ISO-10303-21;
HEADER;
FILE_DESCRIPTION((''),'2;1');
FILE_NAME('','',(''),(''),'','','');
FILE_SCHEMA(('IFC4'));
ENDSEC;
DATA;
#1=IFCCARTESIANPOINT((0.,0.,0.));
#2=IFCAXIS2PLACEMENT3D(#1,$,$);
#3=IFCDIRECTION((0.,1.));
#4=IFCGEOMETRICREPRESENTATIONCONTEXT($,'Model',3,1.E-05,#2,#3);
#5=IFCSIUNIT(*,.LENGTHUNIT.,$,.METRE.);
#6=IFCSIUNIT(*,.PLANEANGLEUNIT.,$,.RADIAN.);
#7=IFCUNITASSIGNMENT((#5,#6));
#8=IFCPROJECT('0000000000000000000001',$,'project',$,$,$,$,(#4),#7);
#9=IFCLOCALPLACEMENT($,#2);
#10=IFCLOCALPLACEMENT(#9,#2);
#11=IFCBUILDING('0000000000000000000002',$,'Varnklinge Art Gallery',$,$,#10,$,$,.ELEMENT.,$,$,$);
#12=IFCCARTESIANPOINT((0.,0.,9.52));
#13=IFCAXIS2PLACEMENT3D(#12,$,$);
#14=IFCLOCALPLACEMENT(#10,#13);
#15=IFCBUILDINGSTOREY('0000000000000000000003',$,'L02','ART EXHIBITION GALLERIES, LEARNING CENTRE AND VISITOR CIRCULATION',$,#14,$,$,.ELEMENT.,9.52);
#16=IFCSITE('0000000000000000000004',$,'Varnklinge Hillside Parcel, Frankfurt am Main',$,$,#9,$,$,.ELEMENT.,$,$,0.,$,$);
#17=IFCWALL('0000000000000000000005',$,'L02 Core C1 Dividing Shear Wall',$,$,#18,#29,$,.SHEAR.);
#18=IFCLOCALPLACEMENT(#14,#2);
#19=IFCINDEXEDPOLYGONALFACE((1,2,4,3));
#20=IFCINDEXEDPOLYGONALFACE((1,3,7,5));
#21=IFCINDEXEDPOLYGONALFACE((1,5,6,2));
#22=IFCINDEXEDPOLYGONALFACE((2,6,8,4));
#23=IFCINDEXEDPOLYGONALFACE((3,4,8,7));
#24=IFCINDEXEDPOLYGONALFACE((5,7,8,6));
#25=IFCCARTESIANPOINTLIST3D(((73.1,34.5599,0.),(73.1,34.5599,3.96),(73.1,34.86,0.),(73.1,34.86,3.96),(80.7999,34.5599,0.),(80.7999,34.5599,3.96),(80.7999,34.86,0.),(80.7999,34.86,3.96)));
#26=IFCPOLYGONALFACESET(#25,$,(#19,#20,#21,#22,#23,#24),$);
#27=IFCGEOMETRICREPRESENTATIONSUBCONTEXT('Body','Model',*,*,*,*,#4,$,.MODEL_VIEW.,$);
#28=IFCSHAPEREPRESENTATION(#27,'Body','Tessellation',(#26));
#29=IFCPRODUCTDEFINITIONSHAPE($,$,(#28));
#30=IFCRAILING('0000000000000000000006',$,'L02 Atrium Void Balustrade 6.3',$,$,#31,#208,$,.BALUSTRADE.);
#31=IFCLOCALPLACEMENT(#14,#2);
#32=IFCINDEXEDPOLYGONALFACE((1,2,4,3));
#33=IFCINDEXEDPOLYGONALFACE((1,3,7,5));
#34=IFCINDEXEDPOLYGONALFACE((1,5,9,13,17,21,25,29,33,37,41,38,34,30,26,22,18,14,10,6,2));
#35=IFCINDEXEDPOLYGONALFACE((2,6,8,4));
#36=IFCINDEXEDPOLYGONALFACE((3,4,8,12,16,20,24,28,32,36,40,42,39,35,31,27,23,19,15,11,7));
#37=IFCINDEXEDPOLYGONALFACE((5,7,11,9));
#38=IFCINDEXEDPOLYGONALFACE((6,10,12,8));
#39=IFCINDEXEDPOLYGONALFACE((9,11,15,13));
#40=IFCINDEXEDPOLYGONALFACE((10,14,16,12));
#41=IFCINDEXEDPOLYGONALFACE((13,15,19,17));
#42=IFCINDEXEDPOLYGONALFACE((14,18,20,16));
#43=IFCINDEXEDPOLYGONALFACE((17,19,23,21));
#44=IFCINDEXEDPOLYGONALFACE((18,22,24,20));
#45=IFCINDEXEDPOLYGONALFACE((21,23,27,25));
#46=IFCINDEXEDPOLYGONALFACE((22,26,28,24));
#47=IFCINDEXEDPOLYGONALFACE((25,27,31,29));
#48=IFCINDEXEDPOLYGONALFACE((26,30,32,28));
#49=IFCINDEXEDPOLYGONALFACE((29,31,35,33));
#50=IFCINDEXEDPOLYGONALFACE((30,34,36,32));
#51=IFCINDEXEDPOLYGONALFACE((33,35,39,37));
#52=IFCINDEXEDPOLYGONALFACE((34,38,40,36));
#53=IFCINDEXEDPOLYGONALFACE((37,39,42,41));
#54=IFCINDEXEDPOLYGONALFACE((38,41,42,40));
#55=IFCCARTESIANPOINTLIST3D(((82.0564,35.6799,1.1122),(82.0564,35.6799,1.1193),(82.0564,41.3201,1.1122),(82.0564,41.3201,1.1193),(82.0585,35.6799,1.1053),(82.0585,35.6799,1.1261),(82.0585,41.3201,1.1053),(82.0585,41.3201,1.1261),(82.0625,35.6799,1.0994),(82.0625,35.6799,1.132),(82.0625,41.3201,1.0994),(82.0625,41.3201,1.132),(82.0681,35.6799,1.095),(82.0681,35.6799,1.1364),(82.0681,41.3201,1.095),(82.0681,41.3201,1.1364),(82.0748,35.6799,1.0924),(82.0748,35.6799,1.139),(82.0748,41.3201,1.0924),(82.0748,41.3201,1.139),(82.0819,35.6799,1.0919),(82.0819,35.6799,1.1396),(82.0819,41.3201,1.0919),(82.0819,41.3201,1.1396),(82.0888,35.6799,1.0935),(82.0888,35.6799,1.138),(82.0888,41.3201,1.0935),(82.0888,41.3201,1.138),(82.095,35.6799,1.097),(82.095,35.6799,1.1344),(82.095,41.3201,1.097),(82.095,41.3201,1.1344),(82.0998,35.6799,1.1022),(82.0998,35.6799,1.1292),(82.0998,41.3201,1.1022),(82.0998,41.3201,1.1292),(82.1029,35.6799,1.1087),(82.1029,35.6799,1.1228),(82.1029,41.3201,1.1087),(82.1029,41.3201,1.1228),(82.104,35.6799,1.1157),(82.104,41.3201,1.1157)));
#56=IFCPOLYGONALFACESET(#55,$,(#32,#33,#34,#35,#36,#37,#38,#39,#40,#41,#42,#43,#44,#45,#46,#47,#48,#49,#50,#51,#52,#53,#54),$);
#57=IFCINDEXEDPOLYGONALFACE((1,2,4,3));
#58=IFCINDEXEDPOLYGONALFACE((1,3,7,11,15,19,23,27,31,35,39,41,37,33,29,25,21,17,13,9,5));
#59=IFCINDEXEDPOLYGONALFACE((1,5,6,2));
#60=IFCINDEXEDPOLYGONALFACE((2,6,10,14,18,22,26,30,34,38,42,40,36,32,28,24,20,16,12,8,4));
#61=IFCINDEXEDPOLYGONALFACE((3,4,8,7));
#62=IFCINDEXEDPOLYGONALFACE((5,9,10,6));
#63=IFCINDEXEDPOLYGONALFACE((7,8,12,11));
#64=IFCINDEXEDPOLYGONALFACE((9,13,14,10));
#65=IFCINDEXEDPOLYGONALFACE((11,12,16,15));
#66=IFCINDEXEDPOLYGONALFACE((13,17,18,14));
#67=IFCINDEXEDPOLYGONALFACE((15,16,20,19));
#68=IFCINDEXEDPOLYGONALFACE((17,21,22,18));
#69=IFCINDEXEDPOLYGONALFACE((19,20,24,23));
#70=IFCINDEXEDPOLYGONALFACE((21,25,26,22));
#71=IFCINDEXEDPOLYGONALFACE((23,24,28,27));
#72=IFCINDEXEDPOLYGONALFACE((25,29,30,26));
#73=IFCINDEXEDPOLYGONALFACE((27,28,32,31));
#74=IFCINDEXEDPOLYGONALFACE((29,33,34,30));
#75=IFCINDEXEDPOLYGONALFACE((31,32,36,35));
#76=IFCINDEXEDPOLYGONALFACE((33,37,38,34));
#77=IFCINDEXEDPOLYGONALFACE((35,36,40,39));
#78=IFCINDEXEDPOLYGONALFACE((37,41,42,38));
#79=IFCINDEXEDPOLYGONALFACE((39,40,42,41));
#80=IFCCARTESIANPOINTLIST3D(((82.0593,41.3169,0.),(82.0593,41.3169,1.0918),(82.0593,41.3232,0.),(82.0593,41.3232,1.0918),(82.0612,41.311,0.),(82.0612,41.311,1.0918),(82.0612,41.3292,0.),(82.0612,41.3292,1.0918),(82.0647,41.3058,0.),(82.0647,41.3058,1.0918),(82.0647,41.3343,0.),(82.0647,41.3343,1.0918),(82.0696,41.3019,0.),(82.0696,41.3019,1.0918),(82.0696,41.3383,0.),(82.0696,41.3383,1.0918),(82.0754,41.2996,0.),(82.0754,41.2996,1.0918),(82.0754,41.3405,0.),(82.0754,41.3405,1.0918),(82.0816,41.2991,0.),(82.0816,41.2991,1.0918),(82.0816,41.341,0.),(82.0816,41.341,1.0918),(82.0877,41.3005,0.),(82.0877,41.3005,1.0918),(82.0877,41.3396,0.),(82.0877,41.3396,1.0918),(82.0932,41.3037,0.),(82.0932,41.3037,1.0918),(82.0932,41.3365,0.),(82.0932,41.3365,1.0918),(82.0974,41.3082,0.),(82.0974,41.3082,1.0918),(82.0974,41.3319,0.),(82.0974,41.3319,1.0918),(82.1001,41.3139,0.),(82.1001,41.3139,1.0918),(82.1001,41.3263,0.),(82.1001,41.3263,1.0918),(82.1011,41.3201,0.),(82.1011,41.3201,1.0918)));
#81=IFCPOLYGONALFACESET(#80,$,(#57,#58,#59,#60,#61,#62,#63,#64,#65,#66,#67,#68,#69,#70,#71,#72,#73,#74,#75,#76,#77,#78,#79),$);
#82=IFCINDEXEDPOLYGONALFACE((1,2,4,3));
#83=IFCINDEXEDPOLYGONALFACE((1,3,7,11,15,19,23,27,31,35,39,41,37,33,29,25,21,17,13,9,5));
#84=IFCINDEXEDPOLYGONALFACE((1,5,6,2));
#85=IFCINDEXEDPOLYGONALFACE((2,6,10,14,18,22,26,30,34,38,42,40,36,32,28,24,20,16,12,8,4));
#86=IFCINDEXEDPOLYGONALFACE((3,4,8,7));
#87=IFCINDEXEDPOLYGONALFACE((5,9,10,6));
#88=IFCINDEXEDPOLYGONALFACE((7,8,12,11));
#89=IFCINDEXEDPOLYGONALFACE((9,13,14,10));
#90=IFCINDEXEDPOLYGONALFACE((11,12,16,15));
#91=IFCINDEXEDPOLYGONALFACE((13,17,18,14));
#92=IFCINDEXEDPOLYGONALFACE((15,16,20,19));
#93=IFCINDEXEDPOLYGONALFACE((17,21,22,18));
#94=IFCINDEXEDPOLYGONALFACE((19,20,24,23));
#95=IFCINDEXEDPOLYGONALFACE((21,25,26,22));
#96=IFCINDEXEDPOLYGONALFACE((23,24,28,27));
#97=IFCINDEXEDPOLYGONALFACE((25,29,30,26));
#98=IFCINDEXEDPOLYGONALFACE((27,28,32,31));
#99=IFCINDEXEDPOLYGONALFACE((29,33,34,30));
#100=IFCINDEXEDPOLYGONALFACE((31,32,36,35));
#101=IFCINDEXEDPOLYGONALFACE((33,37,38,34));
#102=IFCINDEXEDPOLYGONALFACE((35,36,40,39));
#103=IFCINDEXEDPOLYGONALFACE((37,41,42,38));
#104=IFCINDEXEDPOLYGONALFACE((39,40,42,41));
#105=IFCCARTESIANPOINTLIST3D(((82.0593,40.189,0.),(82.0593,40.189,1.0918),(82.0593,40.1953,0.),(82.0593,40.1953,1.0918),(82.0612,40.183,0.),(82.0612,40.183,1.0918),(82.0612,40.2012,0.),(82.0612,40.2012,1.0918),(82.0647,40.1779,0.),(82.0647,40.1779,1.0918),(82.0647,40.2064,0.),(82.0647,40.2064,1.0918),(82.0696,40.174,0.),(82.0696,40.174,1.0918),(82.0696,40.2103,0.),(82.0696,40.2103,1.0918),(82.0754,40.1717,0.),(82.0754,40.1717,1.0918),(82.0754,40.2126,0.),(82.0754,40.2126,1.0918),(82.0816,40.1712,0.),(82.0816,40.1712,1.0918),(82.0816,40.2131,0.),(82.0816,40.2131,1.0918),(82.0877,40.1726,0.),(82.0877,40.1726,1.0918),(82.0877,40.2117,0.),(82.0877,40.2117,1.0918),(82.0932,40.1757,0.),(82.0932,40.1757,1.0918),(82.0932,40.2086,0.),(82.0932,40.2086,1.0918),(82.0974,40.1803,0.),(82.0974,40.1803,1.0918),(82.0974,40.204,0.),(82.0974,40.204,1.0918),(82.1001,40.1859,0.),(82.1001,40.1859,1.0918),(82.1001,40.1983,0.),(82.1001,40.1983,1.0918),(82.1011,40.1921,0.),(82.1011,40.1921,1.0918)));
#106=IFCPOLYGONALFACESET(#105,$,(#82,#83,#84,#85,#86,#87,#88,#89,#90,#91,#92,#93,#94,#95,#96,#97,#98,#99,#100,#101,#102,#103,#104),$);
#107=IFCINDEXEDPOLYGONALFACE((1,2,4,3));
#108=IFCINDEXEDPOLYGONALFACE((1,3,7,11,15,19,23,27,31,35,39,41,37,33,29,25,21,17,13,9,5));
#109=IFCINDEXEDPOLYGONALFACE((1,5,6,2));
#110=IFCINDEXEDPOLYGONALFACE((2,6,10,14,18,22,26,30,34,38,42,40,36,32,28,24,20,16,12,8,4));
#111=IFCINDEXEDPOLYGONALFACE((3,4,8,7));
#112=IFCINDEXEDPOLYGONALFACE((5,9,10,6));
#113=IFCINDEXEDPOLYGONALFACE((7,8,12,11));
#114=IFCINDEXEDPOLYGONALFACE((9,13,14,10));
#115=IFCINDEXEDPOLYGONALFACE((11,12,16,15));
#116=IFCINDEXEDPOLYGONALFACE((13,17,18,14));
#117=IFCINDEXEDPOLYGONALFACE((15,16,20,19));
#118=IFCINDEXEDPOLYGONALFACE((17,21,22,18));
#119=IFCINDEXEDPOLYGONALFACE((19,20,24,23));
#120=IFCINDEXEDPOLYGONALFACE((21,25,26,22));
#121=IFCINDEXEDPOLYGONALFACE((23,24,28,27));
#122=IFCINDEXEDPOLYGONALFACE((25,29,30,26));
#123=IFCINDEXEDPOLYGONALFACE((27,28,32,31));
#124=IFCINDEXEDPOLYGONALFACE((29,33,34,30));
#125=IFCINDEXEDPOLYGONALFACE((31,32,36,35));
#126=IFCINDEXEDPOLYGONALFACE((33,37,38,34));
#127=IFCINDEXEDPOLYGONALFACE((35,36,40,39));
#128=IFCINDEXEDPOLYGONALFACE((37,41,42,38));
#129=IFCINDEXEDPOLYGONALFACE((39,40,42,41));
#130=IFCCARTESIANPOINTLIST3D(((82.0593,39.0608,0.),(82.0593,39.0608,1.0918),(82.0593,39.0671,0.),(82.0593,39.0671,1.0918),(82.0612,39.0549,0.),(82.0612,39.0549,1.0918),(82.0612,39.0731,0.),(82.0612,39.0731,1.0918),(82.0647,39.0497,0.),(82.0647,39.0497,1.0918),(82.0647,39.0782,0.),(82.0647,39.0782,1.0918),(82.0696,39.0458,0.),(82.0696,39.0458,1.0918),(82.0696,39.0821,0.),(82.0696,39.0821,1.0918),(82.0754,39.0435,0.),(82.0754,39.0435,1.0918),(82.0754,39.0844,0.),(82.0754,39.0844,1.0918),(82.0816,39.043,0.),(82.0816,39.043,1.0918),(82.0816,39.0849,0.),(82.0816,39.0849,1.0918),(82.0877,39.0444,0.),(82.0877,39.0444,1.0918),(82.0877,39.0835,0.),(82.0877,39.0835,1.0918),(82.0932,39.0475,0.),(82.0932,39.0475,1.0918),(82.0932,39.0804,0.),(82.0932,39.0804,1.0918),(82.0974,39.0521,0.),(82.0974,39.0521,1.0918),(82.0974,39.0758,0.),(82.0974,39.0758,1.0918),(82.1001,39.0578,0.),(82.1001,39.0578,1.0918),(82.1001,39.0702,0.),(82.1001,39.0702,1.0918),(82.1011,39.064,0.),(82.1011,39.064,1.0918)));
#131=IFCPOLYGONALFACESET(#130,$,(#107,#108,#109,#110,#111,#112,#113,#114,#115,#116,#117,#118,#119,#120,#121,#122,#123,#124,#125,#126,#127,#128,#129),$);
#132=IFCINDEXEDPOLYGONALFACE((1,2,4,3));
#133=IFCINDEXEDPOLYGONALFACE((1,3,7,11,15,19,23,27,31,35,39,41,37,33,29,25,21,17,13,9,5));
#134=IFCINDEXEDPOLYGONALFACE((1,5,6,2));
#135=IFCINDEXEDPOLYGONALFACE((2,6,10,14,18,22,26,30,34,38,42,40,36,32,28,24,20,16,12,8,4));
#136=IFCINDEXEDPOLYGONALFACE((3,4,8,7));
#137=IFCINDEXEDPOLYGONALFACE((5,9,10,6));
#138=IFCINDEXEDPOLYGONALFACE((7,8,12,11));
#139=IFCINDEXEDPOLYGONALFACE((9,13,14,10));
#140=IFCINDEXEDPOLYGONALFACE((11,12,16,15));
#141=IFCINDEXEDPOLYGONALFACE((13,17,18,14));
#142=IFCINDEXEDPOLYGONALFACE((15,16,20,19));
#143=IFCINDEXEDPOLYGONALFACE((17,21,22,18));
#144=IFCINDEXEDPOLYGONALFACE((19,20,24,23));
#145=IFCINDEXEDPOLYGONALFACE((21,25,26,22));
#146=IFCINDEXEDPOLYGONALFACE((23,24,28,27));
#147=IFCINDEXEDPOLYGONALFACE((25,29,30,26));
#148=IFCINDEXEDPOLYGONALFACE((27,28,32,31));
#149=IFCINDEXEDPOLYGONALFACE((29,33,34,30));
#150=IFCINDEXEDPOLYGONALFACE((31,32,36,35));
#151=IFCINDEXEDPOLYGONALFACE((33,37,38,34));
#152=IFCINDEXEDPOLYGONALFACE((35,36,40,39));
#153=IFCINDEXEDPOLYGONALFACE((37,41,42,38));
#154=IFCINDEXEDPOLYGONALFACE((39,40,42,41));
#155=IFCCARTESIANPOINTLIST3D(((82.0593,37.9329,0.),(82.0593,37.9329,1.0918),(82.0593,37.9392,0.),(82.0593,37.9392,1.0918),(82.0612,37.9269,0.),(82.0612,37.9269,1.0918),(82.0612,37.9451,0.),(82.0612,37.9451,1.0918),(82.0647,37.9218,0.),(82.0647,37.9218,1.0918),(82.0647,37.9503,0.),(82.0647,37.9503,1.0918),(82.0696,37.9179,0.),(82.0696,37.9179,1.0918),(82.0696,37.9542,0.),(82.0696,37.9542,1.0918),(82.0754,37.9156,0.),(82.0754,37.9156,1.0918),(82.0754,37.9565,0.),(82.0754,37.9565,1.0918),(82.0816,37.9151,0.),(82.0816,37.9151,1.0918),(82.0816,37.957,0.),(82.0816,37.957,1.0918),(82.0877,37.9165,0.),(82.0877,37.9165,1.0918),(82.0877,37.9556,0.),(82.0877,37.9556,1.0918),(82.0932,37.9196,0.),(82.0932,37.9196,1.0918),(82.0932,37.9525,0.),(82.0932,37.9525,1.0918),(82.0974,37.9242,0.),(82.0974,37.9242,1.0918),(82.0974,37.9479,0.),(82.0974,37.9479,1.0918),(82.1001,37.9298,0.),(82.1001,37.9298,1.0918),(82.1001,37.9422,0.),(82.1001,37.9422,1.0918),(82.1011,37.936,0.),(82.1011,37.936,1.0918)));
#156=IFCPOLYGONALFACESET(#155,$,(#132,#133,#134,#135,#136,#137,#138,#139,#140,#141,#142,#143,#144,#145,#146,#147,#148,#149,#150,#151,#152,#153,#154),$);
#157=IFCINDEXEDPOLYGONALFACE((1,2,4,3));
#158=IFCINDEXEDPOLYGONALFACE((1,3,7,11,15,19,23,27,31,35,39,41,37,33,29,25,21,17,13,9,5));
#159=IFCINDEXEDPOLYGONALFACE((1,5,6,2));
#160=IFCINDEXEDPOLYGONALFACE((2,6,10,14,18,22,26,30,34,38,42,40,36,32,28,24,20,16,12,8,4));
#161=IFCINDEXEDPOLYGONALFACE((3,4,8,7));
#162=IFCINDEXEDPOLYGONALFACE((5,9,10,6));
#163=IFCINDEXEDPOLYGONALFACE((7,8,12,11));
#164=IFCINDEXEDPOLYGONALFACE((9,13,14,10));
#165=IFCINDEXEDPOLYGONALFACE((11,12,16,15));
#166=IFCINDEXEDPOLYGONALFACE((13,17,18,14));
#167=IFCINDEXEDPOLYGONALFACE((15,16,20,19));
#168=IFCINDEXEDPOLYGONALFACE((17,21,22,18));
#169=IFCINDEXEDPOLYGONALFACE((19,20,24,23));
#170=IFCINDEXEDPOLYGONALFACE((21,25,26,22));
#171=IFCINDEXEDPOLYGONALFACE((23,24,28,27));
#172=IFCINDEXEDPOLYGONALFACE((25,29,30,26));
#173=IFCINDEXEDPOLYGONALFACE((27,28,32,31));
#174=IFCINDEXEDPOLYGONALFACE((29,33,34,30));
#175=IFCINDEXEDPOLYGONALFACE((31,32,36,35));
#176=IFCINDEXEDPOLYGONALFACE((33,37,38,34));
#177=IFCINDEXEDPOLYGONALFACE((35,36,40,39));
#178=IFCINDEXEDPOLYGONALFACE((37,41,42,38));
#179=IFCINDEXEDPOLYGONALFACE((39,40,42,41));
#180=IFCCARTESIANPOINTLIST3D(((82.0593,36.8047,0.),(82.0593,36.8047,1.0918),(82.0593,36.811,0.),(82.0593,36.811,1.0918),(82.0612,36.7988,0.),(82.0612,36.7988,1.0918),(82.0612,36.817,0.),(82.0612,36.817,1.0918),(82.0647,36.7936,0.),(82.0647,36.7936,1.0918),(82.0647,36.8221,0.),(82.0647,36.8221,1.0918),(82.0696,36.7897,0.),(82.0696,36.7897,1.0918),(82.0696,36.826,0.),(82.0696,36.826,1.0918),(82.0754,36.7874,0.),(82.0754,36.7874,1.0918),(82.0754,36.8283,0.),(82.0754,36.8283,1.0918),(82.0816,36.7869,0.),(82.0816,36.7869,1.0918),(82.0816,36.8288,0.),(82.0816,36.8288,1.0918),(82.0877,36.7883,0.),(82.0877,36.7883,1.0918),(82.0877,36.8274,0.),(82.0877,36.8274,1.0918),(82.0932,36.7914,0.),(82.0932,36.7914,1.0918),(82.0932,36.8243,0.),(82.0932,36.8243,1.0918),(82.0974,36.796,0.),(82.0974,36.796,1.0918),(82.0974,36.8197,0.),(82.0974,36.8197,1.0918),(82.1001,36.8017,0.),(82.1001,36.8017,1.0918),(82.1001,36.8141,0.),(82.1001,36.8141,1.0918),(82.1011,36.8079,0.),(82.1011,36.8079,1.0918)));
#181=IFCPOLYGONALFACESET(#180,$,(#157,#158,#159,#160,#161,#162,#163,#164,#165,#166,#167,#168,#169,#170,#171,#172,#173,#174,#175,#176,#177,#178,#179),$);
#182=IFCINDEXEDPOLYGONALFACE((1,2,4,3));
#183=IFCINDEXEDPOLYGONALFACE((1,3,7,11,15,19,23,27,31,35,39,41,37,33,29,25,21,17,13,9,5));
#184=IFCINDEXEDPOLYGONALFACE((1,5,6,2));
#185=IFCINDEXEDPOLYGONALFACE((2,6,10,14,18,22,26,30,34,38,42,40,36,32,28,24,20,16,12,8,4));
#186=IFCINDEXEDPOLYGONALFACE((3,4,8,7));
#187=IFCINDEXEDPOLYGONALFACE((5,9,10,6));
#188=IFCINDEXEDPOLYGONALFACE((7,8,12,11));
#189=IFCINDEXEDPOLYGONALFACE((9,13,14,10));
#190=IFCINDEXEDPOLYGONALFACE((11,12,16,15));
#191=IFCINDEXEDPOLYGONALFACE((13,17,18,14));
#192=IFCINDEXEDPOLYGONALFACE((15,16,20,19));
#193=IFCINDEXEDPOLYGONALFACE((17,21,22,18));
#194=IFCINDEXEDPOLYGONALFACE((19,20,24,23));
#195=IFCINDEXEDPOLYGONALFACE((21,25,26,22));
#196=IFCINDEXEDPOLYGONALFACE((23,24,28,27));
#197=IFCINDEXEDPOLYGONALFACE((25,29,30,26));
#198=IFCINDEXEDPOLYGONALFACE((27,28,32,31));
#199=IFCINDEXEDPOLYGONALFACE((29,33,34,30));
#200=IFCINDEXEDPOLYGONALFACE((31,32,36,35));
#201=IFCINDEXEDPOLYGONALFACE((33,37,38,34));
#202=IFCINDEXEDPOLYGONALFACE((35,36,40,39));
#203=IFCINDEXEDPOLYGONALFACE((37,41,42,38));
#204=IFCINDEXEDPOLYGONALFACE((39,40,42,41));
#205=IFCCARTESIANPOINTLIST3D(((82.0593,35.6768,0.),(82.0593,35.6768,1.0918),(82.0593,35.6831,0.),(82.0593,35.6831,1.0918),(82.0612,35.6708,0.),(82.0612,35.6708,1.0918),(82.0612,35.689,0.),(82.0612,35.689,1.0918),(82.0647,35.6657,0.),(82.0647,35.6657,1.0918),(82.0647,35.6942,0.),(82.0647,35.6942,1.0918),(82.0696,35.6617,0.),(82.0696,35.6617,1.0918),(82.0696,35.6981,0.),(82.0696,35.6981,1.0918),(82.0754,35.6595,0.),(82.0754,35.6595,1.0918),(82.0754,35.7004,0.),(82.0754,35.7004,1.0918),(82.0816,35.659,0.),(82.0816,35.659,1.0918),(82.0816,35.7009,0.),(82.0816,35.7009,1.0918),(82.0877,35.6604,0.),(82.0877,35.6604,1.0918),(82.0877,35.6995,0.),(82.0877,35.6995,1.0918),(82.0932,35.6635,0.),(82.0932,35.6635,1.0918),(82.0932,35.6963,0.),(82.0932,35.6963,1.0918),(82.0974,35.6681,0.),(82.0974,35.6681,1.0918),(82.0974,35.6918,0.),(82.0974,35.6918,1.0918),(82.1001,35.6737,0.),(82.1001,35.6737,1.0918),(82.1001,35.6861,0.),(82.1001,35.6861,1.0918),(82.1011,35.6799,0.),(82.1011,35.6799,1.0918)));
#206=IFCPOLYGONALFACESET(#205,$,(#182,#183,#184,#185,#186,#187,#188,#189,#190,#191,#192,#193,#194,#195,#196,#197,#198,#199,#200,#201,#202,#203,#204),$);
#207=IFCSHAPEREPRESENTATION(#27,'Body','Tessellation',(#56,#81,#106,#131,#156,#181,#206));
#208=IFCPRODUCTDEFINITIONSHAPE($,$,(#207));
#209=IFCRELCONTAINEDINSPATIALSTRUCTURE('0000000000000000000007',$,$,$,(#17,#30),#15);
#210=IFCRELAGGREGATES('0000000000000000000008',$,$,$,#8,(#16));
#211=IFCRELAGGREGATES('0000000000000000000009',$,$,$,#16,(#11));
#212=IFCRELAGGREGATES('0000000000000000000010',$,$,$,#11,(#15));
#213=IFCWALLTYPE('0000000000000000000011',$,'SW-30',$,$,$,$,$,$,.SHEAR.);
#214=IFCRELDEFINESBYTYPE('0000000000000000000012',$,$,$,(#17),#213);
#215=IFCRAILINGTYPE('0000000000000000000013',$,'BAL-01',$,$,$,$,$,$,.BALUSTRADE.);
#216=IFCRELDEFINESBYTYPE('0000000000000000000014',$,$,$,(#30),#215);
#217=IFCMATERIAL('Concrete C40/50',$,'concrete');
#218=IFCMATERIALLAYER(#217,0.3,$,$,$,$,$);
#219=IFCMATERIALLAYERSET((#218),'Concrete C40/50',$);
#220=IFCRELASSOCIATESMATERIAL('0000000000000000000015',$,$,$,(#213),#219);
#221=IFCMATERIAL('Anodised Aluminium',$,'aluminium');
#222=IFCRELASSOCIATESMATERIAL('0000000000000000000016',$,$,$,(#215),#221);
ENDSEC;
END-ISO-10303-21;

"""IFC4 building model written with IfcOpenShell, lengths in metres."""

from ifc_helpers import new_model, si_unit, direction, frame, frame_2d, origin, origin_2d, place, context, subcontext, project, spatial, rectangle, circle, extrude, material, layer, layer_set, type_object, element, save


model = new_model("IFC4")

# Units and contexts
model_context = context("Model", 3, precision=1e-05, world=origin(), true_north=direction((0.0, 1.0)))
body_context = subcontext(model_context, "Body", "Model", "MODEL_VIEW")
ifc_project = project(units=[si_unit("LENGTHUNIT", "METRE"), si_unit("PLANEANGLEUNIT", "RADIAN")], contexts=[model_context])

# Site, building, storey
site_placement = place(None, origin())
site = spatial("IfcSite", under=ifc_project, at=site_placement, Name="Varnklinge Hillside Parcel, Frankfurt am Main", CompositionType="ELEMENT", RefElevation=0.0)
building_placement = place(site_placement, origin())
building = spatial("IfcBuilding", under=site, at=building_placement, Name="Varnklinge Art Gallery", CompositionType="ELEMENT")
storey_placement = place(building_placement, frame((0.0, 0.0, 9.52)))
storey = spatial("IfcBuildingStorey", under=building, at=storey_placement, Name="L02", Description="ART EXHIBITION GALLERIES, LEARNING CENTRE AND VISITOR CIRCULATION", CompositionType="ELEMENT", Elevation=9.52)

# Wall
ifc_material_1 = material(Name="Concrete C40/50", Category="concrete")
ifc_layer_1 = layer(ifc_material_1, 0.3)
ifc_layer_set_1 = layer_set([ifc_layer_1], Name="Concrete C40/50")
wall_type_1 = type_object("IfcWallType", Name="SW-30", PredefinedType="SHEAR", material=ifc_layer_set_1)
wall_1_placement = place(storey_placement, frame((80.8, 34.71, 0.0), z_axis=(0.0, 0.0, 1.0), x_axis=(-1.0, 0.0, 0.0)))
element("IfcWall", 1, at=wall_1_placement, inside=storey, type_object=wall_type_1, Name="L02 Core C1 Dividing Shear Wall", PredefinedType="SHEAR", context=body_context, shape_type="SweptSolid", body=[
    extrude(rectangle(XDim=7.7, YDim=0.3, at=frame_2d((3.8501, 0.0))), origin(), (0.0, 0.0, 1.0), 3.96),
])

# Railing
ifc_material_2 = material(Name="Anodised Aluminium", Category="aluminium")
railing_type = type_object("IfcRailingType", Name="BAL-01", PredefinedType="BALUSTRADE", material=ifc_material_2)
railing_1_placement = place(storey_placement, frame((82.0801, 41.3201, 0.0)))
element("IfcRailing", 2, at=railing_1_placement, inside=storey, type_object=railing_type, Name="L02 Atrium Void Balustrade 6.3", PredefinedType="BALUSTRADE", context=body_context, shape_type="SweptSolid", body=[
    extrude(circle(Radius=0.0239, at=origin_2d()), frame((0.0, 0.0, 1.1157), z_axis=(0.0, -1.0, 0.0), x_axis=(1.0, 0.0, 0.0)), (0.0, 0.0, 1.0), 5.6401),
    extrude(circle(Radius=0.021, at=origin_2d()), origin(), (0.0, 0.0, 1.0), 1.0918),
    extrude(circle(Radius=0.021, at=origin_2d()), frame((0.0, -1.1279, 0.0)), (0.0, 0.0, 1.0), 1.0918),
    extrude(circle(Radius=0.021, at=origin_2d()), frame((0.0, -2.2561, 0.0)), (0.0, 0.0, 1.0), 1.0918),
    extrude(circle(Radius=0.021, at=origin_2d()), frame((0.0, -3.384, 0.0)), (0.0, 0.0, 1.0), 1.0918),
    extrude(circle(Radius=0.021, at=origin_2d()), frame((0.0, -4.5122, 0.0)), (0.0, 0.0, 1.0), 1.0918),
    extrude(circle(Radius=0.021, at=origin_2d()), frame((0.0, -5.6401, 0.0)), (0.0, 0.0, 1.0), 1.0918),
])

save(model, "model.ifc")
